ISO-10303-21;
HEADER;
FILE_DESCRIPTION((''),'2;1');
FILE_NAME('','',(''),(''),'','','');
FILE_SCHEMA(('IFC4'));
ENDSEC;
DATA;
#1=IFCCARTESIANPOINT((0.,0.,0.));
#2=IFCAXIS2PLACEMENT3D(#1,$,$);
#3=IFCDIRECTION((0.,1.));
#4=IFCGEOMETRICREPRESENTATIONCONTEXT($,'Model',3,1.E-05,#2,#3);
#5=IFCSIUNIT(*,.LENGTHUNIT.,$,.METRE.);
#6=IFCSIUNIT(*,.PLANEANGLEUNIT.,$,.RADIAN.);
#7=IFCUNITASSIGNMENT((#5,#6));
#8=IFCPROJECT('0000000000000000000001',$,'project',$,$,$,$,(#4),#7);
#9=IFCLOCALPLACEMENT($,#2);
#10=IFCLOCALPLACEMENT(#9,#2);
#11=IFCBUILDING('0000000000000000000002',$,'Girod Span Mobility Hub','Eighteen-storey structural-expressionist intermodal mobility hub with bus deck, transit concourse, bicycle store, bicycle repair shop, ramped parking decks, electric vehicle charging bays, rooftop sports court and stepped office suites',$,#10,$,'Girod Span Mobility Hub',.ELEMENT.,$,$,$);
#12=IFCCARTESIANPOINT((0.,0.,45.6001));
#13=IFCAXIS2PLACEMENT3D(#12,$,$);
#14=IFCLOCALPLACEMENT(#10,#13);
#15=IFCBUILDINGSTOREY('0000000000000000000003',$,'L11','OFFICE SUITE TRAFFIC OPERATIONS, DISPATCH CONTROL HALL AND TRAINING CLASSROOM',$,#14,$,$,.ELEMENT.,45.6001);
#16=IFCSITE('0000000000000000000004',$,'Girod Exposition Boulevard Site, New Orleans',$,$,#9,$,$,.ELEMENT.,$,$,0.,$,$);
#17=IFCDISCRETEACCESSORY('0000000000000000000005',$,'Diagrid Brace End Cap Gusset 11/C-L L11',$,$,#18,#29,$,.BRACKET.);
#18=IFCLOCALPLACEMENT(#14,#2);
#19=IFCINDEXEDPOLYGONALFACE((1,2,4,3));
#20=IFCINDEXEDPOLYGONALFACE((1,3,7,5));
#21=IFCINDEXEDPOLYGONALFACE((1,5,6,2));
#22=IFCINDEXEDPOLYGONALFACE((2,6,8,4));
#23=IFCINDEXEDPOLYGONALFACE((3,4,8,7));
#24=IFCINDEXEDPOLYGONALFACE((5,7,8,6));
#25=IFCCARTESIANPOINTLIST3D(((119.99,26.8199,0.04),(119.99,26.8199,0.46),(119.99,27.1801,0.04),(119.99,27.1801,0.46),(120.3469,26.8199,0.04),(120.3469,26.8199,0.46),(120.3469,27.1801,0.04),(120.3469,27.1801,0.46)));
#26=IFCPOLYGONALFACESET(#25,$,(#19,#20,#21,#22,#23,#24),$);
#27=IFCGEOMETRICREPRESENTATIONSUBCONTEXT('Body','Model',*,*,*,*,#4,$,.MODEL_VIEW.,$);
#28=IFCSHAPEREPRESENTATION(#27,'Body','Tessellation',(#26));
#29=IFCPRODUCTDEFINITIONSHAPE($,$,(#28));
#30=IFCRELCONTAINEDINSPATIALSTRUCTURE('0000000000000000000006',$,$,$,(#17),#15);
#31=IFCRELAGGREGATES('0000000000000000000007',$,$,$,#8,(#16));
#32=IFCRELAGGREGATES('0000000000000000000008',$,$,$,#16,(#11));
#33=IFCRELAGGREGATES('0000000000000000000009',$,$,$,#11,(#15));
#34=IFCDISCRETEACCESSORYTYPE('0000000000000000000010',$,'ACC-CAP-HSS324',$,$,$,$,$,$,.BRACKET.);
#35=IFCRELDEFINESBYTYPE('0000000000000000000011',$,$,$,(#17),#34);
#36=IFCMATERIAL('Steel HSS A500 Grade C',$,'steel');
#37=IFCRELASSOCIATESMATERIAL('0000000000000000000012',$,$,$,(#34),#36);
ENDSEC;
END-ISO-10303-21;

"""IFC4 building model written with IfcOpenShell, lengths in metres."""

from ifc_helpers import new_model, si_unit, direction, frame, origin, origin_2d, place, context, subcontext, project, spatial, rectangle, extrude, material, type_object, element, save


model = new_model("IFC4")

# Units and contexts
model_context = context("Model", 3, precision=1e-05, world=origin(), true_north=direction((0.0, 1.0)))
body_context = subcontext(model_context, "Body", "Model", "MODEL_VIEW")
ifc_project = project(units=[si_unit("LENGTHUNIT", "METRE"), si_unit("PLANEANGLEUNIT", "RADIAN")], contexts=[model_context])

# Site, building, storey
site_placement = place(None, origin())
site = spatial("IfcSite", under=ifc_project, at=site_placement, Name="Girod Exposition Boulevard Site, New Orleans", CompositionType="ELEMENT", RefElevation=0.0)
building_placement = place(site_placement, origin())
building = spatial("IfcBuilding", under=site, at=building_placement, Name="Girod Span Mobility Hub", Description="Eighteen-storey structural-expressionist intermodal mobility hub with bus deck, transit concourse, bicycle store, bicycle repair shop, ramped parking decks, electric vehicle charging bays, rooftop sports court and stepped office suites", LongName="Girod Span Mobility Hub", CompositionType="ELEMENT")
storey_placement = place(building_placement, frame((0.0, 0.0, 45.6001)))
storey = spatial("IfcBuildingStorey", under=building, at=storey_placement, Name="L11", Description="OFFICE SUITE TRAFFIC OPERATIONS, DISPATCH CONTROL HALL AND TRAINING CLASSROOM", CompositionType="ELEMENT", Elevation=45.6001)

# Discrete accessory
ifc_material_1 = material(Name="Steel HSS A500 Grade C", Category="steel")
discrete_accessory_type = type_object("IfcDiscreteAccessoryType", Name="ACC-CAP-HSS324", PredefinedType="BRACKET", material=ifc_material_1)
discrete_accessory_placement = place(storey_placement, frame((120.1685, 27.0, 0.04), z_axis=(0.0, 0.0, 1.0), x_axis=(1.0, 0.0, 0.0)))
element("IfcDiscreteAccessory", 1, at=discrete_accessory_placement, inside=storey, type_object=discrete_accessory_type, Name="Diagrid Brace End Cap Gusset 11/C-L L11", PredefinedType="BRACKET", context=body_context, shape_type="SweptSolid", body=[
    extrude(rectangle(XDim=0.3569, YDim=0.3601, at=origin_2d()), origin(), (0.0, 0.0, 1.0), 0.4199),
])

save(model, "model.ifc")
